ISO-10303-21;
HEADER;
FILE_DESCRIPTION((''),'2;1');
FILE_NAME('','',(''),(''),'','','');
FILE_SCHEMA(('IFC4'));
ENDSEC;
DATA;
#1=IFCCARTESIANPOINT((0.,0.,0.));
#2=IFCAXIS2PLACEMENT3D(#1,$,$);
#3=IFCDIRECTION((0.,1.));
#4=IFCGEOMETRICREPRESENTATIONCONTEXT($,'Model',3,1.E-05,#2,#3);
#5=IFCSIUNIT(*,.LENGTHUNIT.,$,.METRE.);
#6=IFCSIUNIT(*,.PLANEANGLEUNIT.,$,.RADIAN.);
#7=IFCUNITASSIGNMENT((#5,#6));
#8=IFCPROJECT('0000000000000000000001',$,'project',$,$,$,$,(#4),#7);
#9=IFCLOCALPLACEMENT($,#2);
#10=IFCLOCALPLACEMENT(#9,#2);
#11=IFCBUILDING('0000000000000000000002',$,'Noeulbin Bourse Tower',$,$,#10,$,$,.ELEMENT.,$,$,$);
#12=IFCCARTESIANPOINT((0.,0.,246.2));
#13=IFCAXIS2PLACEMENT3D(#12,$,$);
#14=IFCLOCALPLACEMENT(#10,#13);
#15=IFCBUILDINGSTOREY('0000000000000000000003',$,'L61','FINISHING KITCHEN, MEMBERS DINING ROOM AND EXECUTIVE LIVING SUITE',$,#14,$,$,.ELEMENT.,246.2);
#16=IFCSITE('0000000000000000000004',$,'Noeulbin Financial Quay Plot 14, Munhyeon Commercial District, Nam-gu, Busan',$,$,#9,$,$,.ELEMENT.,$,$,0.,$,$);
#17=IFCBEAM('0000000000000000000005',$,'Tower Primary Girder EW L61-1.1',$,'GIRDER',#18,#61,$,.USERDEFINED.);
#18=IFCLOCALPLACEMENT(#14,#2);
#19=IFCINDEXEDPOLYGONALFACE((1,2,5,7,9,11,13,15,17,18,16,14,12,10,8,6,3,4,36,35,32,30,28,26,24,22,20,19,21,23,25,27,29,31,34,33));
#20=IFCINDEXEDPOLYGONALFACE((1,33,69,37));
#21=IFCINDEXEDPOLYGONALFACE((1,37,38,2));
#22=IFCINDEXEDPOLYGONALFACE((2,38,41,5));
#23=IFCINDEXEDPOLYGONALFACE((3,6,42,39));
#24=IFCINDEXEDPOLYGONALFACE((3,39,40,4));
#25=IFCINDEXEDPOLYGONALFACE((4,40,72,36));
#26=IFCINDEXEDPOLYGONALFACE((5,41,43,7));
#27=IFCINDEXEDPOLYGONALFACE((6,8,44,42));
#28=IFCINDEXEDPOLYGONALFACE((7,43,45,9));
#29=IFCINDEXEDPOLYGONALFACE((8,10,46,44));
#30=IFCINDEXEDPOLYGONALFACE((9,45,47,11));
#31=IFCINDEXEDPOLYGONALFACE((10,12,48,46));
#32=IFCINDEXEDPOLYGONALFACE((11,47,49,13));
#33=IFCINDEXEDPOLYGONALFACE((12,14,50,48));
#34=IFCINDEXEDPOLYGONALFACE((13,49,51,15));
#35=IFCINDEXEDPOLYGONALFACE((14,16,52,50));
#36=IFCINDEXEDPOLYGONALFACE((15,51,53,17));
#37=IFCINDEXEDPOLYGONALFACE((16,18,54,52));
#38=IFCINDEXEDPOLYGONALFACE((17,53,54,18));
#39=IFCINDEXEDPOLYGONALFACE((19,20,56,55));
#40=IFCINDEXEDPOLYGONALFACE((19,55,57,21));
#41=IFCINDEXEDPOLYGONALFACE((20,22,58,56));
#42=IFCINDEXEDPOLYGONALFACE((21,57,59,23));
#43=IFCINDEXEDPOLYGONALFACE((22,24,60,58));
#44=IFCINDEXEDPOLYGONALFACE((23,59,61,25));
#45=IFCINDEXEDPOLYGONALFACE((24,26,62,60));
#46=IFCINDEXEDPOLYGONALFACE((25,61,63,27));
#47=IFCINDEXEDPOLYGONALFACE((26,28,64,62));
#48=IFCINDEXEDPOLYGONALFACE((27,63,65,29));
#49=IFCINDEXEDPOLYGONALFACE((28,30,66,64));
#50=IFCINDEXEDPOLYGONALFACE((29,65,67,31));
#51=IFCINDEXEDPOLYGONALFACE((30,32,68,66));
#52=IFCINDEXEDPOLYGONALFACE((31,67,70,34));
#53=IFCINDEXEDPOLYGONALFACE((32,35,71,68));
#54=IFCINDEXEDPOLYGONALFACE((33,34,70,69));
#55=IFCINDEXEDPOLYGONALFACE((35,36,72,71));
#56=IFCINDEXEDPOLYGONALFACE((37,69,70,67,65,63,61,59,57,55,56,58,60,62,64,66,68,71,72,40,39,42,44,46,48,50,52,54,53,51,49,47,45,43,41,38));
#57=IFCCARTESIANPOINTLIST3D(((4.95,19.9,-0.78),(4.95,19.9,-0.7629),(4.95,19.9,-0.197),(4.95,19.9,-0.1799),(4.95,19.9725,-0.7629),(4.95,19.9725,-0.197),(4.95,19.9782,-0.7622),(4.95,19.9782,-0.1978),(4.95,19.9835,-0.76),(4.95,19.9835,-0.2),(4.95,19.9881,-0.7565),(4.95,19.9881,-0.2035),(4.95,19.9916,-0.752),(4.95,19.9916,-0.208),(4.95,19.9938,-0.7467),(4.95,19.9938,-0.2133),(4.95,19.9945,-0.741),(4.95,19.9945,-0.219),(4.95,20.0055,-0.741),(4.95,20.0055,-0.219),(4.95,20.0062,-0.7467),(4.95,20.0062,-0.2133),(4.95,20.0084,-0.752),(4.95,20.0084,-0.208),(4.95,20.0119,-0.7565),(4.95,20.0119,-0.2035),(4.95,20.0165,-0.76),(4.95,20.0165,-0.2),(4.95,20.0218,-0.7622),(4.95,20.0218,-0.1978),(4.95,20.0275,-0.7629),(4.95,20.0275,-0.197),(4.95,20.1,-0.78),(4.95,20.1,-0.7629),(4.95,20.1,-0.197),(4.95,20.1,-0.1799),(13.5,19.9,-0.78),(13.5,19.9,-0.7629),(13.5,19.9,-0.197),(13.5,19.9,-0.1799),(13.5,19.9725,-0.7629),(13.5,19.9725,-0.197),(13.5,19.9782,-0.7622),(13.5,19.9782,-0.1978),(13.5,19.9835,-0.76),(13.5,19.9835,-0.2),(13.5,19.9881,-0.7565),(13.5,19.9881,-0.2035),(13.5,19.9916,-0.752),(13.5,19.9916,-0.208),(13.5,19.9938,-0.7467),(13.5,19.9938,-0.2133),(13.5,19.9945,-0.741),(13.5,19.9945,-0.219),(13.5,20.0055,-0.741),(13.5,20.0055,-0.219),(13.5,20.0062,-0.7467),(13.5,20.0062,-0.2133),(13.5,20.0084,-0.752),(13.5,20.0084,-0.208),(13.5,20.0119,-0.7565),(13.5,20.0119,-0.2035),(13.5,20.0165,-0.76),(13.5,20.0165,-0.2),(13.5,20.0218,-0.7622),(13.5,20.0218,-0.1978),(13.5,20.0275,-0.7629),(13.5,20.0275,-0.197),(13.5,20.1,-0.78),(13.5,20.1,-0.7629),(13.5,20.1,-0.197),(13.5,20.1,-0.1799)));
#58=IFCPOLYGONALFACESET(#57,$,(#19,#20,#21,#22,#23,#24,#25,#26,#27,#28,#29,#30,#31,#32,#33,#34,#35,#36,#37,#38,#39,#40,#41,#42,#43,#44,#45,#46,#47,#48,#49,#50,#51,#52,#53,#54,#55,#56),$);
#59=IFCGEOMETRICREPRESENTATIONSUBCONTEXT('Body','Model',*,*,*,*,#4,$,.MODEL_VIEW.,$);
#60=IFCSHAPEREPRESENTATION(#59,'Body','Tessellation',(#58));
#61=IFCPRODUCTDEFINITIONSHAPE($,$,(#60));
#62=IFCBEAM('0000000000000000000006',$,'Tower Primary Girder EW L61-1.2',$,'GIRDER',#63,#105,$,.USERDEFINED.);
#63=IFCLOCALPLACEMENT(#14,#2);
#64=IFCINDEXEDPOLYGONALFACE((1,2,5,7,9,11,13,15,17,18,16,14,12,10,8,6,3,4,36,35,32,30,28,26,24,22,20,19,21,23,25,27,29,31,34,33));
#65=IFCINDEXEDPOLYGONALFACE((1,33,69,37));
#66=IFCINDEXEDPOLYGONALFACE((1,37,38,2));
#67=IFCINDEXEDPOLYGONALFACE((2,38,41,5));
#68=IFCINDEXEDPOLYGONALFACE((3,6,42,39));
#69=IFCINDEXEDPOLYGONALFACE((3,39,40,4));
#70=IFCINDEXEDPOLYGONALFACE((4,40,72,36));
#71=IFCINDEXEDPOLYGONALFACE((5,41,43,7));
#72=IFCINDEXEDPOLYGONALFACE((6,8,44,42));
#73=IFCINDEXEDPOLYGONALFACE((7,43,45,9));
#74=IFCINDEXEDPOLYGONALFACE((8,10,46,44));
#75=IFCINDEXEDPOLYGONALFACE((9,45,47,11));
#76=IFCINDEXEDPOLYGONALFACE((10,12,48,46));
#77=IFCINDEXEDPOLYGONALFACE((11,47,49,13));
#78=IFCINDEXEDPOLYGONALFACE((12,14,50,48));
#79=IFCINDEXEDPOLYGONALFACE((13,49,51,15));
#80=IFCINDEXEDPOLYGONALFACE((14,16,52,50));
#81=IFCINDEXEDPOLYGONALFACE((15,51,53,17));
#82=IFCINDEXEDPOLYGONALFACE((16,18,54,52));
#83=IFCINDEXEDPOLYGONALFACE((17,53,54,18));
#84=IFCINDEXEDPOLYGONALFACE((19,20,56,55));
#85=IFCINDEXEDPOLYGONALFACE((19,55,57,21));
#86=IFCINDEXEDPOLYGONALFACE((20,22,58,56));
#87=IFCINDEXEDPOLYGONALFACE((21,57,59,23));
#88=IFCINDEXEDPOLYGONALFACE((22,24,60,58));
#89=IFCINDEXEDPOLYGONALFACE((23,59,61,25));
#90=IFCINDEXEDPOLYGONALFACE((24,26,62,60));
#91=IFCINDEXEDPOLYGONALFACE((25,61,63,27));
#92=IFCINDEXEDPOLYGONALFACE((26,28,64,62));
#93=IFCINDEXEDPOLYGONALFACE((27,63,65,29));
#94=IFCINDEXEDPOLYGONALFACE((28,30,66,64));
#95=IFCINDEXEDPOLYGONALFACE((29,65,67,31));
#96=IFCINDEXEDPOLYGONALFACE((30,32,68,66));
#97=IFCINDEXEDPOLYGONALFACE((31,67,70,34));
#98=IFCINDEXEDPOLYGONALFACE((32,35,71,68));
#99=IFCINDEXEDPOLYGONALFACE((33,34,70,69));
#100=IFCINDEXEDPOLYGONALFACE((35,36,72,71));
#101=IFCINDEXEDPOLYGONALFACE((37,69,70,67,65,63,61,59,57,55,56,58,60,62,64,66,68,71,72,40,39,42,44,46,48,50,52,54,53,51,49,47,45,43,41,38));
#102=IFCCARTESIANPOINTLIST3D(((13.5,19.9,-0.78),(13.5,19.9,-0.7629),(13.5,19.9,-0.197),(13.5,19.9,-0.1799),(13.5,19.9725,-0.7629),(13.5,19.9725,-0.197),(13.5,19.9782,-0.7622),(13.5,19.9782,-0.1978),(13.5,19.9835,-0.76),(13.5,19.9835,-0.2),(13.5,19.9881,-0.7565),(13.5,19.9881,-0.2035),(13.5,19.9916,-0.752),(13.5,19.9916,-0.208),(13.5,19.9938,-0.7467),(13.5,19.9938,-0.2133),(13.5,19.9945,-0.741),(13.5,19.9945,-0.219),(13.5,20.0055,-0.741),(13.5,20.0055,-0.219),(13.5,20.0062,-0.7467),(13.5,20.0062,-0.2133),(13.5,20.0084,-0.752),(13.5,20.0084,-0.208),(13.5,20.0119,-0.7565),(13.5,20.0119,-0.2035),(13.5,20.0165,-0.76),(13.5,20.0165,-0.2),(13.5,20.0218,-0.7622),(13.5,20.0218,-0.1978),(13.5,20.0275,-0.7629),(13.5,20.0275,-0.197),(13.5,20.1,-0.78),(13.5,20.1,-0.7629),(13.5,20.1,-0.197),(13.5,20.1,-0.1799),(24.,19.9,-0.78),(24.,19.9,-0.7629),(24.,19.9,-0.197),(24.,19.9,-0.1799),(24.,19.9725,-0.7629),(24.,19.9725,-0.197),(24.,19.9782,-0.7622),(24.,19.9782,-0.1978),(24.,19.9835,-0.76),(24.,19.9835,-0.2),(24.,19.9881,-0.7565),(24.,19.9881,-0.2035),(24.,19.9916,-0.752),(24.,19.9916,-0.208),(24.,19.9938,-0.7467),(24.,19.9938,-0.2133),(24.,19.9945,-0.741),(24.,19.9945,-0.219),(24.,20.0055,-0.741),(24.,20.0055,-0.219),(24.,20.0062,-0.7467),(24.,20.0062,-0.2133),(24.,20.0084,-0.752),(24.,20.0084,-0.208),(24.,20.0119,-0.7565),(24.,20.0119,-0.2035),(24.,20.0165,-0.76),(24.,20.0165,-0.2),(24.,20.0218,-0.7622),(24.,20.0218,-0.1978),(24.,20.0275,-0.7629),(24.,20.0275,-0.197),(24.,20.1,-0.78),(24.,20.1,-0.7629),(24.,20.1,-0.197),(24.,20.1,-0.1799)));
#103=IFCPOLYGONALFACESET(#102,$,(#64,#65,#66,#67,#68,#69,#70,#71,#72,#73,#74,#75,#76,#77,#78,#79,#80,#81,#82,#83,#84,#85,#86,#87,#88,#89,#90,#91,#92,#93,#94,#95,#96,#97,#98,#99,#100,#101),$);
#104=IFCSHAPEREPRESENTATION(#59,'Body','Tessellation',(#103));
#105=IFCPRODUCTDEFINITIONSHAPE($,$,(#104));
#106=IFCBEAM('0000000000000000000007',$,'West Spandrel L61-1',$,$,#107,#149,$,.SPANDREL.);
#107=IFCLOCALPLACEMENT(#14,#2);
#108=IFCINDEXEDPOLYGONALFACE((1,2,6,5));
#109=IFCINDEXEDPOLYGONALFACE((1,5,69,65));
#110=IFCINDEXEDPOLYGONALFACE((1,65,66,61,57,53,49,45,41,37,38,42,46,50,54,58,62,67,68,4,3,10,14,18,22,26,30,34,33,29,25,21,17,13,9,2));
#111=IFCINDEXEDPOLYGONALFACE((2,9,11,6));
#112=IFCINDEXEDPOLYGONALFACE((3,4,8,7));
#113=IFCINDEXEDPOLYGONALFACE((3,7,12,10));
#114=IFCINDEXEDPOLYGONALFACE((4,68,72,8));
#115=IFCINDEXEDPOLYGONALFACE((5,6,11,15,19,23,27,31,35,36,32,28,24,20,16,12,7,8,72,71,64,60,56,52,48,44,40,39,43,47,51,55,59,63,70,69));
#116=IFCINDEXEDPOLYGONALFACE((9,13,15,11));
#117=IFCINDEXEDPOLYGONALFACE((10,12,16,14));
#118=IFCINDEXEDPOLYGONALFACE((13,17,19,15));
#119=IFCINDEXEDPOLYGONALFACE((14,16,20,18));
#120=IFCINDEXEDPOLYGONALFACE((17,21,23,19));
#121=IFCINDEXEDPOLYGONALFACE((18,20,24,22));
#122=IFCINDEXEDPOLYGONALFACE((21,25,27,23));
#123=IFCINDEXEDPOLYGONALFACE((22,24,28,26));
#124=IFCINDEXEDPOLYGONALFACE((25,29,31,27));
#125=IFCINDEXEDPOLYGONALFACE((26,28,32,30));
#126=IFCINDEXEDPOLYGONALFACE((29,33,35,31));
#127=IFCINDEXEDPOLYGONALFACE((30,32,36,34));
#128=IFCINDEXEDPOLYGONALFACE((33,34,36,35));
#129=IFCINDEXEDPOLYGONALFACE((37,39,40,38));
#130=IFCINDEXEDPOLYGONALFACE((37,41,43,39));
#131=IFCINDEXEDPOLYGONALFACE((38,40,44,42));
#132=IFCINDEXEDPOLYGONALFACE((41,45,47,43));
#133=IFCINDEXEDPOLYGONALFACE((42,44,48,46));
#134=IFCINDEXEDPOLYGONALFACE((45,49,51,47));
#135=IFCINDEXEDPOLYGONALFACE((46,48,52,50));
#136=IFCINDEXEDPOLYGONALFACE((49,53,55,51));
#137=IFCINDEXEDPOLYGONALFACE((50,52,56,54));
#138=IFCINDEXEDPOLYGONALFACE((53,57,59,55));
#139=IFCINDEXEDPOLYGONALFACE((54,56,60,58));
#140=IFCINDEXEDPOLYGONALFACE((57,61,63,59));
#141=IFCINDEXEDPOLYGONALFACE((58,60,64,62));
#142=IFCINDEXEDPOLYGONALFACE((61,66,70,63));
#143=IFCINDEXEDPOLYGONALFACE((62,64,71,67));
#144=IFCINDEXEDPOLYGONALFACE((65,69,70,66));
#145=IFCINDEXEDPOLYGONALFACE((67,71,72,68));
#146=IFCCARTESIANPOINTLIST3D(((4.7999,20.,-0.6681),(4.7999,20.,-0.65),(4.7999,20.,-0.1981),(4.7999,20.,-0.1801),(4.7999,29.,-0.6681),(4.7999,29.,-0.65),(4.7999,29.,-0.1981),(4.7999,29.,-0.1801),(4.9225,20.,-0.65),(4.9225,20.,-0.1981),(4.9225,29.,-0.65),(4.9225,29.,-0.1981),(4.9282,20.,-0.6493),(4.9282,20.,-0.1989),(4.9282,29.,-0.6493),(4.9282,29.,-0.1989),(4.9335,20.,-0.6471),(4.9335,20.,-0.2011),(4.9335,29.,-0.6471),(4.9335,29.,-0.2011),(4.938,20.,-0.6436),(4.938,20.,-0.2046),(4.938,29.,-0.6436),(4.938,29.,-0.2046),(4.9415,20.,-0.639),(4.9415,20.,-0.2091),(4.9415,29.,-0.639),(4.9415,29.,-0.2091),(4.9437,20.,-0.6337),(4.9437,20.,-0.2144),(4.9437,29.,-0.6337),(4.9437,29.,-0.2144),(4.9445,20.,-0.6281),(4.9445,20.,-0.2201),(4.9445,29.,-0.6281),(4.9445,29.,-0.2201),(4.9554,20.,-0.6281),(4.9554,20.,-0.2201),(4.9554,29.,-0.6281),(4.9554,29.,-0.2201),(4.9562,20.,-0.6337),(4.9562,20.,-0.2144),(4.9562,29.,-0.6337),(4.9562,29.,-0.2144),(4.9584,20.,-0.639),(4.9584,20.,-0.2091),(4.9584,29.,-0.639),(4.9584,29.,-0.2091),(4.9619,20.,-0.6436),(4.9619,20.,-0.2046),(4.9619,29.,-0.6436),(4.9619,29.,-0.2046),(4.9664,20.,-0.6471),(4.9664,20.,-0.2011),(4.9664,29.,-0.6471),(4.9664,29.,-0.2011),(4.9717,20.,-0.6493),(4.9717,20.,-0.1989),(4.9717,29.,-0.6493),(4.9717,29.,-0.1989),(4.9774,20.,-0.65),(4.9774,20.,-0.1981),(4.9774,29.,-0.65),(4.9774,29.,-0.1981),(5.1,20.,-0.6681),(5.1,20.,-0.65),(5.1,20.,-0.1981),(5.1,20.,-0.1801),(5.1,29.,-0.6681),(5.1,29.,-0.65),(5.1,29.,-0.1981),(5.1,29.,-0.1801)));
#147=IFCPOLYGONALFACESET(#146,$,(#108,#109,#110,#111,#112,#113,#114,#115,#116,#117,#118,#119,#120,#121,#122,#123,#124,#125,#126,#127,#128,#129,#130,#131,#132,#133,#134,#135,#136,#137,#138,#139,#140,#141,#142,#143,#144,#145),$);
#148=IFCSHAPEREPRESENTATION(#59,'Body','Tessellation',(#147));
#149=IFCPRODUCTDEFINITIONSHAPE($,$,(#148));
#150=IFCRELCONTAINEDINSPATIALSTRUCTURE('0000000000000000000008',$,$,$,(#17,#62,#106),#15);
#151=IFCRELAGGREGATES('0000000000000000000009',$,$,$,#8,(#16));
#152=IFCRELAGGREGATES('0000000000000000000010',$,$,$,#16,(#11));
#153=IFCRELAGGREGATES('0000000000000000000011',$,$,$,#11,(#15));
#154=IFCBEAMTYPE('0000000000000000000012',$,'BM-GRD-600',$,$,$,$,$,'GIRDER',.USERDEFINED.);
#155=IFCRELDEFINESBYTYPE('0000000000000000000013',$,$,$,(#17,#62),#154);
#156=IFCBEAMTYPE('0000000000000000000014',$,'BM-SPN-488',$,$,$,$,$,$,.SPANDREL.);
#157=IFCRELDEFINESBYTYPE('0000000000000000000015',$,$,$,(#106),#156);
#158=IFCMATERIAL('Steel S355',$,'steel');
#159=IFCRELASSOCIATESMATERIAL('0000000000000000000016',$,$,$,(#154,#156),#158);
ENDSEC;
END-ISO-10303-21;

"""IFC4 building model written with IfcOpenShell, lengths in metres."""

from ifc_helpers import new_model, si_unit, direction, frame, origin, origin_2d, place, context, subcontext, project, spatial, i_section, extrude, material, material_profile, profile_set, type_object, element, save


model = new_model("IFC4")

# Units and contexts
model_context = context("Model", 3, precision=1e-05, world=origin(), true_north=direction((0.0, 1.0)))
body_context = subcontext(model_context, "Body", "Model", "MODEL_VIEW")
ifc_project = project(units=[si_unit("LENGTHUNIT", "METRE"), si_unit("PLANEANGLEUNIT", "RADIAN")], contexts=[model_context])

# Site, building, storey
site_placement = place(None, origin())
site = spatial("IfcSite", under=ifc_project, at=site_placement, Name="Noeulbin Financial Quay Plot 14, Munhyeon Commercial District, Nam-gu, Busan", CompositionType="ELEMENT", RefElevation=0.0)
building_placement = place(site_placement, origin())
building = spatial("IfcBuilding", under=site, at=building_placement, Name="Noeulbin Bourse Tower", CompositionType="ELEMENT")
storey_placement = place(building_placement, frame((0.0, 0.0, 246.2)))
storey = spatial("IfcBuildingStorey", under=building, at=storey_placement, Name="L61", Description="FINISHING KITCHEN, MEMBERS DINING ROOM AND EXECUTIVE LIVING SUITE", CompositionType="ELEMENT", Elevation=246.2)

# Shared definitions
ifc_material_1 = material(Name="Steel S355", Category="steel")

# Beams
ifc_material_profile_1 = material_profile(ifc_material_1, i_section(OverallWidth=0.2, OverallDepth=0.6001, WebThickness=0.011, FlangeThickness=0.0171, FilletRadius=0.022, at=origin_2d()), Name="H-600x200x11x17", Category="LoadBearing")
ifc_profile_set_1 = profile_set([ifc_material_profile_1], Name="Steel S355")
beam_type_1 = type_object("IfcBeamType", Name="BM-GRD-600", ElementType="GIRDER", PredefinedType="USERDEFINED", material=ifc_profile_set_1)
beam_1_placement = place(storey_placement, frame((4.95, 20.0, -0.48), z_axis=(1.0, 0.0, 0.0), x_axis=(0.0, 1.0, 0.0)))
element("IfcBeam", 1, at=beam_1_placement, inside=storey, type_object=beam_type_1, Name="Tower Primary Girder EW L61-1.1", ObjectType="GIRDER", PredefinedType="USERDEFINED", context=body_context, shape_type="SweptSolid", body=[
    extrude(i_section(OverallWidth=0.2, OverallDepth=0.6001, WebThickness=0.011, FlangeThickness=0.0171, FilletRadius=0.022, at=origin_2d()), origin(), (0.0, 0.0, 1.0), 8.55),
])
beam_2_placement = place(storey_placement, frame((13.5, 20.0, -0.48), z_axis=(1.0, 0.0, 0.0), x_axis=(0.0, 1.0, 0.0)))
element("IfcBeam", 2, at=beam_2_placement, inside=storey, type_object=beam_type_1, Name="Tower Primary Girder EW L61-1.2", ObjectType="GIRDER", PredefinedType="USERDEFINED", context=body_context, shape_type="SweptSolid", body=[
    extrude(i_section(OverallWidth=0.2, OverallDepth=0.6001, WebThickness=0.011, FlangeThickness=0.0171, FilletRadius=0.022, at=origin_2d()), origin(), (0.0, 0.0, 1.0), 10.5),
])
ifc_material_profile_2 = material_profile(ifc_material_1, i_section(OverallWidth=0.3, OverallDepth=0.488, WebThickness=0.011, FlangeThickness=0.0181, FilletRadius=0.022, at=origin_2d()), Name="H-488x300x11x18", Category="LoadBearing")
ifc_profile_set_2 = profile_set([ifc_material_profile_2], Name="Steel S355")
beam_type_2 = type_object("IfcBeamType", Name="BM-SPN-488", PredefinedType="SPANDREL", material=ifc_profile_set_2)
beam_3_placement = place(storey_placement, frame((4.95, 20.0, -0.4241), z_axis=(0.0, 1.0, 0.0), x_axis=(-1.0, 0.0, 0.0)))
element("IfcBeam", 3, at=beam_3_placement, inside=storey, type_object=beam_type_2, Name="West Spandrel L61-1", PredefinedType="SPANDREL", context=body_context, shape_type="SweptSolid", body=[
    extrude(i_section(OverallWidth=0.3, OverallDepth=0.488, WebThickness=0.011, FlangeThickness=0.0181, FilletRadius=0.022, at=origin_2d()), origin(), (0.0, 0.0, 1.0), 9.0),
])

save(model, "model.ifc")
